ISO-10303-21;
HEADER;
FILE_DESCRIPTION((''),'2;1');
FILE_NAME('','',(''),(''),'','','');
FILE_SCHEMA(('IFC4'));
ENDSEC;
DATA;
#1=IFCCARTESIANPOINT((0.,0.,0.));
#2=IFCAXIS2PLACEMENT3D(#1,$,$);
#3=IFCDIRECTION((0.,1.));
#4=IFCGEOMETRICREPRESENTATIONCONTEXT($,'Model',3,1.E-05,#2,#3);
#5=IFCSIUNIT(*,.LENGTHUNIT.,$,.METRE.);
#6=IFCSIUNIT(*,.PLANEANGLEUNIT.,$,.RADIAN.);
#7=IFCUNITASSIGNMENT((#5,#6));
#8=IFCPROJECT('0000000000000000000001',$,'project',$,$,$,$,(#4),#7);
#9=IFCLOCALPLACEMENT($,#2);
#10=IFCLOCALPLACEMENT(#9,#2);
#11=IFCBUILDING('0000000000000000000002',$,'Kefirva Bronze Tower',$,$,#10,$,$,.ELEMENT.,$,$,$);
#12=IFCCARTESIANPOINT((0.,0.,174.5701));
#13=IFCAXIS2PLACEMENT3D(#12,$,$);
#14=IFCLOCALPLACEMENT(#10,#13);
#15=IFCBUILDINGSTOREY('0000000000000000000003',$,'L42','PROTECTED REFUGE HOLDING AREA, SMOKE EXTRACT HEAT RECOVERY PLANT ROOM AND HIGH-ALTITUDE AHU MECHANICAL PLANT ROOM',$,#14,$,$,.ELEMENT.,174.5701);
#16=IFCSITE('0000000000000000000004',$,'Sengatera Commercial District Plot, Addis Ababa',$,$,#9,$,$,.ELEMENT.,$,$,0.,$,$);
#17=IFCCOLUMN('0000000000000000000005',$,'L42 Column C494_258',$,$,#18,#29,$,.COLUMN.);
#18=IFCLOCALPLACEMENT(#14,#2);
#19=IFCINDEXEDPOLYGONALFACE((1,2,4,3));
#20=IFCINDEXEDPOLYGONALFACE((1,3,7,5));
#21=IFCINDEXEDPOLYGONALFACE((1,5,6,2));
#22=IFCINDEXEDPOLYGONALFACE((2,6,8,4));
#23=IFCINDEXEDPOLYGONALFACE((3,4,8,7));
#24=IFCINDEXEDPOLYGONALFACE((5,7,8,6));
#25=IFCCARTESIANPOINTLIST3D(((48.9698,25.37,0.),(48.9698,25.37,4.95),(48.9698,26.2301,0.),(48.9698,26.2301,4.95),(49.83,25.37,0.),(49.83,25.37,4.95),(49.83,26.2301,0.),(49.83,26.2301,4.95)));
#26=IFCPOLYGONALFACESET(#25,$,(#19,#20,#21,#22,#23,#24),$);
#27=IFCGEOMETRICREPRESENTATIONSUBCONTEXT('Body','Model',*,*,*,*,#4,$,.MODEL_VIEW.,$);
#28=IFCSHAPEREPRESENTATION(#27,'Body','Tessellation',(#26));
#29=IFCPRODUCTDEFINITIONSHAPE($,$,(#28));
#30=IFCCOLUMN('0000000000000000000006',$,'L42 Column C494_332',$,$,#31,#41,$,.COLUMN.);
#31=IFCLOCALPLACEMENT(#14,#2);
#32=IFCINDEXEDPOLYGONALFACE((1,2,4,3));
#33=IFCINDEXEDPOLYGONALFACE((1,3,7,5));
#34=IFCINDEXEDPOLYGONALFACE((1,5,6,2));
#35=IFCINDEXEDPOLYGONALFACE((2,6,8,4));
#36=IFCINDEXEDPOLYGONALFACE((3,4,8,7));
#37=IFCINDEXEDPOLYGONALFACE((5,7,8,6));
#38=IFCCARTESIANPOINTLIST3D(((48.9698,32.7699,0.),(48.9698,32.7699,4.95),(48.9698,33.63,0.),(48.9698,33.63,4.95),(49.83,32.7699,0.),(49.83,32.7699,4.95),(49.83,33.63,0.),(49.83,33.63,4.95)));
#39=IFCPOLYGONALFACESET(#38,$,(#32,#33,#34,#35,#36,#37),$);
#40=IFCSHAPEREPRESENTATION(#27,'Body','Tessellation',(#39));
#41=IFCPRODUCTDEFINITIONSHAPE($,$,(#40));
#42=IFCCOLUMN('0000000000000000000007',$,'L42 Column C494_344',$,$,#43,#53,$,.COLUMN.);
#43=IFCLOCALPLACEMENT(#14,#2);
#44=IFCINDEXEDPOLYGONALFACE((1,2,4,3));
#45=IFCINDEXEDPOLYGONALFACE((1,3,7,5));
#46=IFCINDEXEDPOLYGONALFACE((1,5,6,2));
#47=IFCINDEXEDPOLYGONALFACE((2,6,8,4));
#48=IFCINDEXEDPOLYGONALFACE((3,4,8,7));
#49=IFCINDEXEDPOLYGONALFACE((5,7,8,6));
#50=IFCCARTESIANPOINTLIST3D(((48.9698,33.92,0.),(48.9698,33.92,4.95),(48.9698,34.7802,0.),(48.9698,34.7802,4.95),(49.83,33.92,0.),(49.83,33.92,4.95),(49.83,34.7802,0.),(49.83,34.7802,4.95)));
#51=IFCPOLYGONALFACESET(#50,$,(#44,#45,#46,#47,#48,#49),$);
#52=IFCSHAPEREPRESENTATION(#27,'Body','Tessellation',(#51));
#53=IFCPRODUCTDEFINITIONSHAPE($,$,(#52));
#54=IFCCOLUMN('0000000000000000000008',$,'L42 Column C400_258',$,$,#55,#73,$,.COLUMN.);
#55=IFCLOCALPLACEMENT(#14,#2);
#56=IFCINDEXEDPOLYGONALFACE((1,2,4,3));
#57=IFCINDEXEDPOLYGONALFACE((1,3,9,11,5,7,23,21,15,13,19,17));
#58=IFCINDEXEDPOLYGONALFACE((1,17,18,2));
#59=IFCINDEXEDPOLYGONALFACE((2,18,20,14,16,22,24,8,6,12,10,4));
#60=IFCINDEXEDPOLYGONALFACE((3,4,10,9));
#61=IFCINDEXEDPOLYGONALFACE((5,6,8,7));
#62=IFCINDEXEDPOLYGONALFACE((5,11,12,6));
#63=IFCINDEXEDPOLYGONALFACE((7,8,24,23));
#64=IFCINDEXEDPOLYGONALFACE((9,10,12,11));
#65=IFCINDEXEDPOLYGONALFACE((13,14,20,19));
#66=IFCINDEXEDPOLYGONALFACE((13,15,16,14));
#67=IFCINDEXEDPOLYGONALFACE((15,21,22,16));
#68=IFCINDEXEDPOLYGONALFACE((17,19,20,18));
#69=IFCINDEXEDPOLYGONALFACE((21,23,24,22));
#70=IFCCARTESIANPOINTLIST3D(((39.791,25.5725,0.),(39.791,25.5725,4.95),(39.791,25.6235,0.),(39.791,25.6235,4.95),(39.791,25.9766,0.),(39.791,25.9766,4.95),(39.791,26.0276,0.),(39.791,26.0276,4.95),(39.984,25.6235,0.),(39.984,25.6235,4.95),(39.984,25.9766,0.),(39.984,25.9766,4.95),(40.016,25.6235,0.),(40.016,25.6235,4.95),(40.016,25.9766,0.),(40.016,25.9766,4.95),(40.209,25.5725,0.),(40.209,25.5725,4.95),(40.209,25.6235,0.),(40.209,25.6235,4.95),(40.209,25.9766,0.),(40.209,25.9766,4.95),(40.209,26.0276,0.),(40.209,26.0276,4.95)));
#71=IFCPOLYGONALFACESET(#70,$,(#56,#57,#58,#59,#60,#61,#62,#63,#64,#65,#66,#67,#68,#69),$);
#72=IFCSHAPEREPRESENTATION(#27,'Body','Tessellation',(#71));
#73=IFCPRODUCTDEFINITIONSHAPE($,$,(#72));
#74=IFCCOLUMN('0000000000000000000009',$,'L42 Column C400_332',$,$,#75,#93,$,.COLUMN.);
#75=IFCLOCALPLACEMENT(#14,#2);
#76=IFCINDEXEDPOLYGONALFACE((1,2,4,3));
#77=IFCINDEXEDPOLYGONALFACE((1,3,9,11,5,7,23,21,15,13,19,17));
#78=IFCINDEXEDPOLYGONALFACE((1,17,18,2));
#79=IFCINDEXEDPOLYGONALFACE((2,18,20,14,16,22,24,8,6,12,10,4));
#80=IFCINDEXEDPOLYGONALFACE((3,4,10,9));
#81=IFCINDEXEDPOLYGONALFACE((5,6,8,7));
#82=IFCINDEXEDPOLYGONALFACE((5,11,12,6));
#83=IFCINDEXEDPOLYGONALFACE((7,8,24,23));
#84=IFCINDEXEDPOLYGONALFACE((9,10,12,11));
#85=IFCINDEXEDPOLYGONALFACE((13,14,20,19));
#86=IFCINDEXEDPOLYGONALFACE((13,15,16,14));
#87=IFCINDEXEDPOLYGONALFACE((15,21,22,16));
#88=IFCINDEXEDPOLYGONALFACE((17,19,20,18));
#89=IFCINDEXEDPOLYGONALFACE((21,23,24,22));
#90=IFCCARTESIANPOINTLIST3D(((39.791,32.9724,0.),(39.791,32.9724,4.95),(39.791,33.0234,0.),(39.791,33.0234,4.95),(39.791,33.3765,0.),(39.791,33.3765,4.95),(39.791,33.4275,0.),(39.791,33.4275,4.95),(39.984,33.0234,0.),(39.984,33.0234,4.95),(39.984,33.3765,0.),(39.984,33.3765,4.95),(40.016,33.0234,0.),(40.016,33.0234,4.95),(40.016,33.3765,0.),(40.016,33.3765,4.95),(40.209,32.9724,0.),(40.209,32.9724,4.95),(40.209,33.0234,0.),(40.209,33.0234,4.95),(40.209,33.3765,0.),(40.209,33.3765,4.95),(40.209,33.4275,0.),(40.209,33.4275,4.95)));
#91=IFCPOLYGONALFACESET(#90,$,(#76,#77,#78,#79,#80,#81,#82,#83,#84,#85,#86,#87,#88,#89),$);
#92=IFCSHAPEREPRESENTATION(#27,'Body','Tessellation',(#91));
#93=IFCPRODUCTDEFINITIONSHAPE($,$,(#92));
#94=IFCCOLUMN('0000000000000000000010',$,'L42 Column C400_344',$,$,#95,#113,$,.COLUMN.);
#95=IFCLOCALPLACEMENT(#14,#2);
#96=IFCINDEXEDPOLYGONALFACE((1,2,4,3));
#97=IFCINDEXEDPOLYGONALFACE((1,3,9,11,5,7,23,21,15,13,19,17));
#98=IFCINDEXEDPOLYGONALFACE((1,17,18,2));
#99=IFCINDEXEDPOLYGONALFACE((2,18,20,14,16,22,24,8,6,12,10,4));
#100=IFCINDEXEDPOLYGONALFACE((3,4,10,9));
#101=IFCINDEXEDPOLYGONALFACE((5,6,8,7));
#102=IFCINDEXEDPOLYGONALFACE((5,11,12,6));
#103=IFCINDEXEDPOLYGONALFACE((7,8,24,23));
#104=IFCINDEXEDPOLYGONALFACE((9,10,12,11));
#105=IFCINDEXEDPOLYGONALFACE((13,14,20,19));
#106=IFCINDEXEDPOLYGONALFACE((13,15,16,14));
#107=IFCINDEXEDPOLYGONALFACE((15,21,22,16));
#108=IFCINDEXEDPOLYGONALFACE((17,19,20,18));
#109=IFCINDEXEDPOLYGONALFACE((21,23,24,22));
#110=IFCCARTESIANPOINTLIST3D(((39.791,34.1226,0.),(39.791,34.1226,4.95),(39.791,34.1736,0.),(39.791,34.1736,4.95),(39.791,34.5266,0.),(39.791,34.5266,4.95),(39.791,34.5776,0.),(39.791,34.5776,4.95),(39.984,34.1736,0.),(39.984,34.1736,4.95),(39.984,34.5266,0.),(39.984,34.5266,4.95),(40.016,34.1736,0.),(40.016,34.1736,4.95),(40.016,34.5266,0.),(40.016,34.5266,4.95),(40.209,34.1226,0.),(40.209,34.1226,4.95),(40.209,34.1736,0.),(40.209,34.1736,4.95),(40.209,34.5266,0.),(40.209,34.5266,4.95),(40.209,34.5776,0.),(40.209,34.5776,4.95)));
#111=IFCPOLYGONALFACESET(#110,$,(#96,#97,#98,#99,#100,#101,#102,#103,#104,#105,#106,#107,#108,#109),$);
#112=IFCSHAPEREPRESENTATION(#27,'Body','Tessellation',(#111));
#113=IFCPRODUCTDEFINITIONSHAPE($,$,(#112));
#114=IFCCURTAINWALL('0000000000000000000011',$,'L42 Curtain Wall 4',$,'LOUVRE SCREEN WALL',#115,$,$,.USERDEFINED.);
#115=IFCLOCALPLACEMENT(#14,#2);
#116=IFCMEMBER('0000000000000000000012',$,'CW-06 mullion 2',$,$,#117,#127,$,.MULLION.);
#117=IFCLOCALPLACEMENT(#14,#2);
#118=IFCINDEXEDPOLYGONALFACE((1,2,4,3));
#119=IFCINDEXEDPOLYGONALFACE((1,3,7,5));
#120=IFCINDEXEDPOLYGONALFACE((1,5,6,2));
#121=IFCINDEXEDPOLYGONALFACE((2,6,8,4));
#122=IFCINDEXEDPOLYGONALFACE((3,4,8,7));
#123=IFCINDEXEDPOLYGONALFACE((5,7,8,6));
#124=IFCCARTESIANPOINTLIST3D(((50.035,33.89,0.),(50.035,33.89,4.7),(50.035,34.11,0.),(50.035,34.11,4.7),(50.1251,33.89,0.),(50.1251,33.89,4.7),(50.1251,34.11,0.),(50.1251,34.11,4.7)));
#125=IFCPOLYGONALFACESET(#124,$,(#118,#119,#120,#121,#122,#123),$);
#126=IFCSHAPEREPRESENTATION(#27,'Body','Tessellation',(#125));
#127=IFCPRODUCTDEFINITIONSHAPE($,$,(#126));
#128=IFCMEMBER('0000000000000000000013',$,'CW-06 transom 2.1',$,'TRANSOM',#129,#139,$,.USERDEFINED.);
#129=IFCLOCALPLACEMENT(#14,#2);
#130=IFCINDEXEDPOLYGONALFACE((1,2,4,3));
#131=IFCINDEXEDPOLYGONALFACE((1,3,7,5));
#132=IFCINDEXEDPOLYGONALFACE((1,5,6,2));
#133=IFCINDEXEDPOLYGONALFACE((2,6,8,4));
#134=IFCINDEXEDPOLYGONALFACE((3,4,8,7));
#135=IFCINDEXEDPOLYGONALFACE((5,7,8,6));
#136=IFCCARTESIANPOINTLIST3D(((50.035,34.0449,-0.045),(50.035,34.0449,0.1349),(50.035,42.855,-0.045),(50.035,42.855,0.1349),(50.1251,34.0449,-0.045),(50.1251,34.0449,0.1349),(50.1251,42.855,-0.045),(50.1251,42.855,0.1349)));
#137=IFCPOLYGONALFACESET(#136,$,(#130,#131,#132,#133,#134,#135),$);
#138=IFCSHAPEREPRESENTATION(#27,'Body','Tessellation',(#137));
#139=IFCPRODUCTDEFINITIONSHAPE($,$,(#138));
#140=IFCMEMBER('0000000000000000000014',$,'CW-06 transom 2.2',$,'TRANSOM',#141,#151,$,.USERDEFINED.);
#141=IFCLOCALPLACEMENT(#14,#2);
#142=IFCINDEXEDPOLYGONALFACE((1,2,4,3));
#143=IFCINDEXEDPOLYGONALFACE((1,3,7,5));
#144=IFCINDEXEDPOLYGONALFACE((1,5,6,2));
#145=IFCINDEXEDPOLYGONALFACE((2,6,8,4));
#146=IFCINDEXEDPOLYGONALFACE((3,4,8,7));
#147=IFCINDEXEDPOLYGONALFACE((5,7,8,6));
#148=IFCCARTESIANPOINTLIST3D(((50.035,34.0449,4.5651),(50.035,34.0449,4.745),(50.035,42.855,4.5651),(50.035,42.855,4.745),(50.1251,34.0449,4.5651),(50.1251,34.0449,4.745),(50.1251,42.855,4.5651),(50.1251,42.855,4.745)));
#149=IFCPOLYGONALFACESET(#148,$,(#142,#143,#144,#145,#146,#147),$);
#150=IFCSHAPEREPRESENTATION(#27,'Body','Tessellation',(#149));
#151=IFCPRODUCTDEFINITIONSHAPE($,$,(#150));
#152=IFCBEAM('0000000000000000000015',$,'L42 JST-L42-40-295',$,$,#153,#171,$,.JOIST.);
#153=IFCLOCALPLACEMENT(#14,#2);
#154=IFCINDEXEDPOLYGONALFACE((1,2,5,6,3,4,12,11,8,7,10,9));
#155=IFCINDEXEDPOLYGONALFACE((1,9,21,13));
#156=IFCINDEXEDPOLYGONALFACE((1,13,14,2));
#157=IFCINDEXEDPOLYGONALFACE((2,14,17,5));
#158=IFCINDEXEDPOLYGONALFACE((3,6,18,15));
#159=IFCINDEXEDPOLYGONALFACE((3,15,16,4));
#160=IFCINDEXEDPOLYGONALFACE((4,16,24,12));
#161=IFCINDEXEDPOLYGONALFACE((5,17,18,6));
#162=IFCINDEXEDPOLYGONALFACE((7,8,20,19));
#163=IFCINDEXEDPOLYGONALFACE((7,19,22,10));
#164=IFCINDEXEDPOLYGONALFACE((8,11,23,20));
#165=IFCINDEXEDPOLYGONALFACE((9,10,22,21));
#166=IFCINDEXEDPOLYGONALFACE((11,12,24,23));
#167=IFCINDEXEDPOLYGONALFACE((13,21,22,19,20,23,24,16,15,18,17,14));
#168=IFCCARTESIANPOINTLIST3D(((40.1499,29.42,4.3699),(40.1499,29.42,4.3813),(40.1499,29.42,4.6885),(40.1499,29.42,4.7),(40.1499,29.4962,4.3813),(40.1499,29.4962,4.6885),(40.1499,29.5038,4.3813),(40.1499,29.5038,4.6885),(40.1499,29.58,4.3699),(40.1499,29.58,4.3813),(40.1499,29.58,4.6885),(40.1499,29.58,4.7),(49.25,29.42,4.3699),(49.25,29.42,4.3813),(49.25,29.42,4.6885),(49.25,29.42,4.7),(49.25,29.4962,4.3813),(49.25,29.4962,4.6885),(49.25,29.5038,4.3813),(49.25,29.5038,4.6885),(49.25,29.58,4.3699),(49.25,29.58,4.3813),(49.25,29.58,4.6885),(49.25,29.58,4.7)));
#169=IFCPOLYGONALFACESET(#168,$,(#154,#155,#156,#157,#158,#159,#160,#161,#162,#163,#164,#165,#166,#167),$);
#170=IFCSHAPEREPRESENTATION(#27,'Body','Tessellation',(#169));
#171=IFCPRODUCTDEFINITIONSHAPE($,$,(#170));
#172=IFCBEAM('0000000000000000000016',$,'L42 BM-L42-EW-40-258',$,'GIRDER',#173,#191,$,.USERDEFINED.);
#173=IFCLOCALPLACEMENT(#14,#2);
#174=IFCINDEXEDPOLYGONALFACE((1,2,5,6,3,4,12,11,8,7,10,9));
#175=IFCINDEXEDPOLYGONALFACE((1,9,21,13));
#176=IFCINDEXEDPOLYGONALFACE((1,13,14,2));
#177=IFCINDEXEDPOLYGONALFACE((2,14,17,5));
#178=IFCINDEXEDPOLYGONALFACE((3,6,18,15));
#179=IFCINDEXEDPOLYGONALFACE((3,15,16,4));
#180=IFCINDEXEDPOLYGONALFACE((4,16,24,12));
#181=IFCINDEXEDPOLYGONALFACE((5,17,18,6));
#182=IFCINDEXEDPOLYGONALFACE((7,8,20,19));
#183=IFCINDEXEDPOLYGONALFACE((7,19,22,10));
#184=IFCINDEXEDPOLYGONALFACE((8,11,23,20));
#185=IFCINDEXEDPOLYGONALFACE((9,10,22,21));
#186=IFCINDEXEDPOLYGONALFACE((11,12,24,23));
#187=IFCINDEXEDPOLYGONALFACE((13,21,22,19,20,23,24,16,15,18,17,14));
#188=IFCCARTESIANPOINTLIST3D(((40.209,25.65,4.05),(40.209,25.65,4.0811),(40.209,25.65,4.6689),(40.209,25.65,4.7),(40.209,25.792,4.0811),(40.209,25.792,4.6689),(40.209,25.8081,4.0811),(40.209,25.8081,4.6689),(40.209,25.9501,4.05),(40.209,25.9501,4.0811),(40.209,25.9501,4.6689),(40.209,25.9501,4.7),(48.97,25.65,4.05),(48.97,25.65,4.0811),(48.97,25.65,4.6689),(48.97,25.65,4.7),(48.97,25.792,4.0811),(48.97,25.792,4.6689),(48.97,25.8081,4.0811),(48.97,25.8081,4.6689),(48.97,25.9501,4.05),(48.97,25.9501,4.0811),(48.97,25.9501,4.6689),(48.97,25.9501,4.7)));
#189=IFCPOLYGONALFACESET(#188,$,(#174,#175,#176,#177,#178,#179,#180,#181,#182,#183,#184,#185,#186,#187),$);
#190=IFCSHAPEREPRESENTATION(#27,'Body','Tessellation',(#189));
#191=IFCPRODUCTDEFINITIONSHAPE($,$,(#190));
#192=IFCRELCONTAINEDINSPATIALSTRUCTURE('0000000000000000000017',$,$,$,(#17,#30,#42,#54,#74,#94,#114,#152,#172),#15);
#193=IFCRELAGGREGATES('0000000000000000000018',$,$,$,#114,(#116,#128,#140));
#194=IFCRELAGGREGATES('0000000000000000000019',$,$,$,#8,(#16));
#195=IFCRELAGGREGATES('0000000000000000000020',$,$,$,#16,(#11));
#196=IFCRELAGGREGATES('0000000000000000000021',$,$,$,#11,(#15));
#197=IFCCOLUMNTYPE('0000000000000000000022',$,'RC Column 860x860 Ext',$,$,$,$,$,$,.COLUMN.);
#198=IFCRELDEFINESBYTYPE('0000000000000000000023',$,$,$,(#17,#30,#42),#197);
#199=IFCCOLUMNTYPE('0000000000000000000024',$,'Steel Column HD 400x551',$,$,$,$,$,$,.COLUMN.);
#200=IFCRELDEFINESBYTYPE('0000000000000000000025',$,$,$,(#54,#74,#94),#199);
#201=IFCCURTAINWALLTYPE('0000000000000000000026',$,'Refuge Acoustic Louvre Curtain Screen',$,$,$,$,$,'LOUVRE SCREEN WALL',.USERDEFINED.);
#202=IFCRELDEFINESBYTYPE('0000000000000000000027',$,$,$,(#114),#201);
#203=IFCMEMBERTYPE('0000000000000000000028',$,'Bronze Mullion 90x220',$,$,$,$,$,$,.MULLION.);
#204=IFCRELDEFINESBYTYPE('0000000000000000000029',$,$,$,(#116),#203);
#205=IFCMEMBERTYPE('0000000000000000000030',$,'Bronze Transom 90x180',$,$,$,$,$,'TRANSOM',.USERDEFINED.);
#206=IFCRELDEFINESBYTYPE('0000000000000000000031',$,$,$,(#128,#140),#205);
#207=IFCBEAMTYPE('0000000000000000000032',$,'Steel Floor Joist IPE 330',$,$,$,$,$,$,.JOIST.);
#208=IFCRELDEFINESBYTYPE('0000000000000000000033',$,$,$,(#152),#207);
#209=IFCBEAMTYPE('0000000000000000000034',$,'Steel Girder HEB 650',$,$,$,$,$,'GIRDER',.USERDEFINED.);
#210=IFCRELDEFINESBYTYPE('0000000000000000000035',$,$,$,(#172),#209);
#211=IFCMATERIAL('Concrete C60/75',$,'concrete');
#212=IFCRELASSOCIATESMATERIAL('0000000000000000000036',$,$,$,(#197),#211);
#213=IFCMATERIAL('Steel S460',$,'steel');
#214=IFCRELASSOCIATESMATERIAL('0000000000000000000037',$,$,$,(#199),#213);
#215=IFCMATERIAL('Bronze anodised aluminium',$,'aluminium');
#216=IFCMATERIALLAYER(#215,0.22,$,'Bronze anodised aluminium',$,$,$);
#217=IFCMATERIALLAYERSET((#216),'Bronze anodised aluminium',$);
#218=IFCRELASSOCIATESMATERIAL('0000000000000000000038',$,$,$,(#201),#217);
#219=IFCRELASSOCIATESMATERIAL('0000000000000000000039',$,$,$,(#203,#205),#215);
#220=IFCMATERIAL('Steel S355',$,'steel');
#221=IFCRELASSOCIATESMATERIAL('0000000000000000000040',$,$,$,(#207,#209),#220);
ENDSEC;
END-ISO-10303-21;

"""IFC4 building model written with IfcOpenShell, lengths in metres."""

from ifc_helpers import new_model, si_unit, direction, frame, origin, origin_2d, place, context, subcontext, project, spatial, rectangle, i_section, extrude, material, layer, layer_set, material_profile, profile_set, type_object, element, aggregate, save


model = new_model("IFC4")

# Units and contexts
model_context = context("Model", 3, precision=1e-05, world=origin(), true_north=direction((0.0, 1.0)))
body_context = subcontext(model_context, "Body", "Model", "MODEL_VIEW")
ifc_project = project(units=[si_unit("LENGTHUNIT", "METRE"), si_unit("PLANEANGLEUNIT", "RADIAN")], contexts=[model_context])

# Site, building, storey
site_placement = place(None, origin())
site = spatial("IfcSite", under=ifc_project, at=site_placement, Name="Sengatera Commercial District Plot, Addis Ababa", CompositionType="ELEMENT", RefElevation=0.0)
building_placement = place(site_placement, origin())
building = spatial("IfcBuilding", under=site, at=building_placement, Name="Kefirva Bronze Tower", CompositionType="ELEMENT")
storey_placement = place(building_placement, frame((0.0, 0.0, 174.5701)))
storey = spatial("IfcBuildingStorey", under=building, at=storey_placement, Name="L42", Description="PROTECTED REFUGE HOLDING AREA, SMOKE EXTRACT HEAT RECOVERY PLANT ROOM AND HIGH-ALTITUDE AHU MECHANICAL PLANT ROOM", CompositionType="ELEMENT", Elevation=174.5701)

# Columns
ifc_material_1 = material(Name="Concrete C60/75", Category="concrete")
ifc_material_profile_1 = material_profile(ifc_material_1, rectangle(XDim=0.8601, YDim=0.8601, at=origin_2d()), Name="RC 860x860")
ifc_profile_set_1 = profile_set([ifc_material_profile_1], Name="Concrete C60/75")
column_type_1 = type_object("IfcColumnType", Name="RC Column 860x860 Ext", PredefinedType="COLUMN", material=ifc_profile_set_1)
for number, where, z_axis, x_axis, name in (
    (1, (49.3999, 25.8, 0.0), (0.0, 0.0, 1.0), (1.0, 0.0, 0.0), "L42 Column C494_258"),
    (2, (49.3999, 33.2, 0.0), (0.0, 0.0, 1.0), (1.0, 0.0, 0.0), "L42 Column C494_332"),
    (3, (49.3999, 34.3501, 0.0), (0.0, 0.0, 1.0), (1.0, 0.0, 0.0), "L42 Column C494_344"),
):
    element("IfcColumn", number, at=place(storey_placement, frame(where, z_axis=z_axis, x_axis=x_axis)), inside=storey, type_object=column_type_1, Name=name, PredefinedType="COLUMN", context=body_context, shape_type="SweptSolid", body=[
        extrude(rectangle(XDim=0.8601, YDim=0.8601, at=origin_2d()), origin(), (0.0, 0.0, 1.0), 4.95),
    ])
ifc_material_2 = material(Name="Steel S460", Category="steel")
ifc_material_profile_2 = material_profile(ifc_material_2, i_section(OverallWidth=0.418, OverallDepth=0.4551, WebThickness=0.032, FlangeThickness=0.051, at=origin_2d()), Name="HD 400x551")
ifc_profile_set_2 = profile_set([ifc_material_profile_2], Name="Steel S460")
column_type_2 = type_object("IfcColumnType", Name="Steel Column HD 400x551", PredefinedType="COLUMN", material=ifc_profile_set_2)
for number, where, z_axis, x_axis, name in (
    (4, (40.0, 25.8, 0.0), (0.0, 0.0, 1.0), (1.0, 0.0, 0.0), "L42 Column C400_258"),
    (5, (40.0, 33.2, 0.0), (0.0, 0.0, 1.0), (1.0, 0.0, 0.0), "L42 Column C400_332"),
    (6, (40.0, 34.3501, 0.0), (0.0, 0.0, 1.0), (1.0, 0.0, 0.0), "L42 Column C400_344"),
):
    element("IfcColumn", number, at=place(storey_placement, frame(where, z_axis=z_axis, x_axis=x_axis)), inside=storey, type_object=column_type_2, Name=name, PredefinedType="COLUMN", context=body_context, shape_type="SweptSolid", body=[
        extrude(i_section(OverallWidth=0.418, OverallDepth=0.4551, WebThickness=0.032, FlangeThickness=0.051, at=origin_2d()), origin(), (0.0, 0.0, 1.0), 4.95),
    ])

# Curtain wall, members
ifc_material_3 = material(Name="Bronze anodised aluminium", Category="aluminium")
ifc_layer_1 = layer(ifc_material_3, 0.22, Name="Bronze anodised aluminium")
ifc_layer_set_1 = layer_set([ifc_layer_1], Name="Bronze anodised aluminium")
curtain_wall_type = type_object("IfcCurtainWallType", Name="Refuge Acoustic Louvre Curtain Screen", ElementType="LOUVRE SCREEN WALL", PredefinedType="USERDEFINED", material=ifc_layer_set_1)
curtain_wall_placement = place(storey_placement, origin())
curtain_wall = element("IfcCurtainWall", 7, at=curtain_wall_placement, inside=storey, type_object=curtain_wall_type, Name="L42 Curtain Wall 4", ObjectType="LOUVRE SCREEN WALL", PredefinedType="USERDEFINED")
ifc_material_profile_3 = material_profile(ifc_material_3, rectangle(XDim=0.0901, YDim=0.22, at=origin_2d()), Name="ALU 90x220")
ifc_profile_set_3 = profile_set([ifc_material_profile_3], Name="Bronze anodised aluminium")
member_type_1 = type_object("IfcMemberType", Name="Bronze Mullion 90x220", PredefinedType="MULLION", material=ifc_profile_set_3)
member_1_placement = place(storey_placement, frame((50.0801, 34.0, 0.0), z_axis=(0.0, 0.0, 1.0), x_axis=(-1.0, 0.0, 0.0)))
member_1 = element("IfcMember", 8, at=member_1_placement, type_object=member_type_1, Name="CW-06 mullion 2", PredefinedType="MULLION", context=body_context, shape_type="SweptSolid", body=[
    extrude(rectangle(XDim=0.0901, YDim=0.22, at=origin_2d()), origin(), (0.0, 0.0, 1.0), 4.7),
])
ifc_material_profile_4 = material_profile(ifc_material_3, rectangle(XDim=0.0901, YDim=0.1799, at=origin_2d()), Name="ALU 90x180")
ifc_profile_set_4 = profile_set([ifc_material_profile_4], Name="Bronze anodised aluminium")
member_type_2 = type_object("IfcMemberType", Name="Bronze Transom 90x180", ElementType="TRANSOM", PredefinedType="USERDEFINED", material=ifc_profile_set_4)
member_2_placement = place(storey_placement, frame((50.0801, 34.0449, 0.0449), z_axis=(0.0, 1.0, 0.0), x_axis=(-1.0, 0.0, 0.0)))
member_2 = element("IfcMember", 9, at=member_2_placement, type_object=member_type_2, Name="CW-06 transom 2.1", ObjectType="TRANSOM", PredefinedType="USERDEFINED", context=body_context, shape_type="SweptSolid", body=[
    extrude(rectangle(XDim=0.0901, YDim=0.1799, at=origin_2d()), origin(), (0.0, 0.0, 1.0), 8.8101),
])
member_3_placement = place(storey_placement, frame((50.0801, 34.0449, 4.655), z_axis=(0.0, 1.0, 0.0), x_axis=(-1.0, 0.0, 0.0)))
member_3 = element("IfcMember", 10, at=member_3_placement, type_object=member_type_2, Name="CW-06 transom 2.2", ObjectType="TRANSOM", PredefinedType="USERDEFINED", context=body_context, shape_type="SweptSolid", body=[
    extrude(rectangle(XDim=0.0901, YDim=0.1799, at=origin_2d()), origin(), (0.0, 0.0, 1.0), 8.8101),
])

# Beams
ifc_material_4 = material(Name="Steel S355", Category="steel")
ifc_material_profile_5 = material_profile(ifc_material_4, i_section(OverallWidth=0.1599, OverallDepth=0.3301, WebThickness=0.0076, FlangeThickness=0.0115, at=origin_2d()), Name="IPE 330")
ifc_profile_set_5 = profile_set([ifc_material_profile_5], Name="Steel S355")
beam_type_1 = type_object("IfcBeamType", Name="Steel Floor Joist IPE 330", PredefinedType="JOIST", material=ifc_profile_set_5)
beam_1_placement = place(storey_placement, frame((40.1499, 29.5, 4.5349), z_axis=(1.0, 0.0, 0.0), x_axis=(0.0, 1.0, 0.0)))
element("IfcBeam", 11, at=beam_1_placement, inside=storey, type_object=beam_type_1, Name="L42 JST-L42-40-295", PredefinedType="JOIST", context=body_context, shape_type="SweptSolid", body=[
    extrude(i_section(OverallWidth=0.1599, OverallDepth=0.3301, WebThickness=0.0076, FlangeThickness=0.0115, at=origin_2d()), origin(), (0.0, 0.0, 1.0), 9.1001),
])
ifc_material_profile_6 = material_profile(ifc_material_4, i_section(OverallWidth=0.3, OverallDepth=0.6499, WebThickness=0.0161, FlangeThickness=0.031, at=origin_2d()), Name="HEB 650")
ifc_profile_set_6 = profile_set([ifc_material_profile_6], Name="Steel S355")
beam_type_2 = type_object("IfcBeamType", Name="Steel Girder HEB 650", ElementType="GIRDER", PredefinedType="USERDEFINED", material=ifc_profile_set_6)
for number, where, z_axis, x_axis, name in (
    (12, (40.209, 25.8, 4.375), (1.0, 0.0, 0.0), (0.0, 1.0, 0.0), "L42 BM-L42-EW-40-258"),
):
    element("IfcBeam", number, at=place(storey_placement, frame(where, z_axis=z_axis, x_axis=x_axis)), inside=storey, type_object=beam_type_2, Name=name, ObjectType="GIRDER", PredefinedType="USERDEFINED", context=body_context, shape_type="SweptSolid", body=[
        extrude(i_section(OverallWidth=0.3, OverallDepth=0.6499, WebThickness=0.0161, FlangeThickness=0.031, at=origin_2d()), origin(), (0.0, 0.0, 1.0), 8.761),
    ])

aggregate(curtain_wall, [member_1, member_2, member_3])

save(model, "model.ifc")
